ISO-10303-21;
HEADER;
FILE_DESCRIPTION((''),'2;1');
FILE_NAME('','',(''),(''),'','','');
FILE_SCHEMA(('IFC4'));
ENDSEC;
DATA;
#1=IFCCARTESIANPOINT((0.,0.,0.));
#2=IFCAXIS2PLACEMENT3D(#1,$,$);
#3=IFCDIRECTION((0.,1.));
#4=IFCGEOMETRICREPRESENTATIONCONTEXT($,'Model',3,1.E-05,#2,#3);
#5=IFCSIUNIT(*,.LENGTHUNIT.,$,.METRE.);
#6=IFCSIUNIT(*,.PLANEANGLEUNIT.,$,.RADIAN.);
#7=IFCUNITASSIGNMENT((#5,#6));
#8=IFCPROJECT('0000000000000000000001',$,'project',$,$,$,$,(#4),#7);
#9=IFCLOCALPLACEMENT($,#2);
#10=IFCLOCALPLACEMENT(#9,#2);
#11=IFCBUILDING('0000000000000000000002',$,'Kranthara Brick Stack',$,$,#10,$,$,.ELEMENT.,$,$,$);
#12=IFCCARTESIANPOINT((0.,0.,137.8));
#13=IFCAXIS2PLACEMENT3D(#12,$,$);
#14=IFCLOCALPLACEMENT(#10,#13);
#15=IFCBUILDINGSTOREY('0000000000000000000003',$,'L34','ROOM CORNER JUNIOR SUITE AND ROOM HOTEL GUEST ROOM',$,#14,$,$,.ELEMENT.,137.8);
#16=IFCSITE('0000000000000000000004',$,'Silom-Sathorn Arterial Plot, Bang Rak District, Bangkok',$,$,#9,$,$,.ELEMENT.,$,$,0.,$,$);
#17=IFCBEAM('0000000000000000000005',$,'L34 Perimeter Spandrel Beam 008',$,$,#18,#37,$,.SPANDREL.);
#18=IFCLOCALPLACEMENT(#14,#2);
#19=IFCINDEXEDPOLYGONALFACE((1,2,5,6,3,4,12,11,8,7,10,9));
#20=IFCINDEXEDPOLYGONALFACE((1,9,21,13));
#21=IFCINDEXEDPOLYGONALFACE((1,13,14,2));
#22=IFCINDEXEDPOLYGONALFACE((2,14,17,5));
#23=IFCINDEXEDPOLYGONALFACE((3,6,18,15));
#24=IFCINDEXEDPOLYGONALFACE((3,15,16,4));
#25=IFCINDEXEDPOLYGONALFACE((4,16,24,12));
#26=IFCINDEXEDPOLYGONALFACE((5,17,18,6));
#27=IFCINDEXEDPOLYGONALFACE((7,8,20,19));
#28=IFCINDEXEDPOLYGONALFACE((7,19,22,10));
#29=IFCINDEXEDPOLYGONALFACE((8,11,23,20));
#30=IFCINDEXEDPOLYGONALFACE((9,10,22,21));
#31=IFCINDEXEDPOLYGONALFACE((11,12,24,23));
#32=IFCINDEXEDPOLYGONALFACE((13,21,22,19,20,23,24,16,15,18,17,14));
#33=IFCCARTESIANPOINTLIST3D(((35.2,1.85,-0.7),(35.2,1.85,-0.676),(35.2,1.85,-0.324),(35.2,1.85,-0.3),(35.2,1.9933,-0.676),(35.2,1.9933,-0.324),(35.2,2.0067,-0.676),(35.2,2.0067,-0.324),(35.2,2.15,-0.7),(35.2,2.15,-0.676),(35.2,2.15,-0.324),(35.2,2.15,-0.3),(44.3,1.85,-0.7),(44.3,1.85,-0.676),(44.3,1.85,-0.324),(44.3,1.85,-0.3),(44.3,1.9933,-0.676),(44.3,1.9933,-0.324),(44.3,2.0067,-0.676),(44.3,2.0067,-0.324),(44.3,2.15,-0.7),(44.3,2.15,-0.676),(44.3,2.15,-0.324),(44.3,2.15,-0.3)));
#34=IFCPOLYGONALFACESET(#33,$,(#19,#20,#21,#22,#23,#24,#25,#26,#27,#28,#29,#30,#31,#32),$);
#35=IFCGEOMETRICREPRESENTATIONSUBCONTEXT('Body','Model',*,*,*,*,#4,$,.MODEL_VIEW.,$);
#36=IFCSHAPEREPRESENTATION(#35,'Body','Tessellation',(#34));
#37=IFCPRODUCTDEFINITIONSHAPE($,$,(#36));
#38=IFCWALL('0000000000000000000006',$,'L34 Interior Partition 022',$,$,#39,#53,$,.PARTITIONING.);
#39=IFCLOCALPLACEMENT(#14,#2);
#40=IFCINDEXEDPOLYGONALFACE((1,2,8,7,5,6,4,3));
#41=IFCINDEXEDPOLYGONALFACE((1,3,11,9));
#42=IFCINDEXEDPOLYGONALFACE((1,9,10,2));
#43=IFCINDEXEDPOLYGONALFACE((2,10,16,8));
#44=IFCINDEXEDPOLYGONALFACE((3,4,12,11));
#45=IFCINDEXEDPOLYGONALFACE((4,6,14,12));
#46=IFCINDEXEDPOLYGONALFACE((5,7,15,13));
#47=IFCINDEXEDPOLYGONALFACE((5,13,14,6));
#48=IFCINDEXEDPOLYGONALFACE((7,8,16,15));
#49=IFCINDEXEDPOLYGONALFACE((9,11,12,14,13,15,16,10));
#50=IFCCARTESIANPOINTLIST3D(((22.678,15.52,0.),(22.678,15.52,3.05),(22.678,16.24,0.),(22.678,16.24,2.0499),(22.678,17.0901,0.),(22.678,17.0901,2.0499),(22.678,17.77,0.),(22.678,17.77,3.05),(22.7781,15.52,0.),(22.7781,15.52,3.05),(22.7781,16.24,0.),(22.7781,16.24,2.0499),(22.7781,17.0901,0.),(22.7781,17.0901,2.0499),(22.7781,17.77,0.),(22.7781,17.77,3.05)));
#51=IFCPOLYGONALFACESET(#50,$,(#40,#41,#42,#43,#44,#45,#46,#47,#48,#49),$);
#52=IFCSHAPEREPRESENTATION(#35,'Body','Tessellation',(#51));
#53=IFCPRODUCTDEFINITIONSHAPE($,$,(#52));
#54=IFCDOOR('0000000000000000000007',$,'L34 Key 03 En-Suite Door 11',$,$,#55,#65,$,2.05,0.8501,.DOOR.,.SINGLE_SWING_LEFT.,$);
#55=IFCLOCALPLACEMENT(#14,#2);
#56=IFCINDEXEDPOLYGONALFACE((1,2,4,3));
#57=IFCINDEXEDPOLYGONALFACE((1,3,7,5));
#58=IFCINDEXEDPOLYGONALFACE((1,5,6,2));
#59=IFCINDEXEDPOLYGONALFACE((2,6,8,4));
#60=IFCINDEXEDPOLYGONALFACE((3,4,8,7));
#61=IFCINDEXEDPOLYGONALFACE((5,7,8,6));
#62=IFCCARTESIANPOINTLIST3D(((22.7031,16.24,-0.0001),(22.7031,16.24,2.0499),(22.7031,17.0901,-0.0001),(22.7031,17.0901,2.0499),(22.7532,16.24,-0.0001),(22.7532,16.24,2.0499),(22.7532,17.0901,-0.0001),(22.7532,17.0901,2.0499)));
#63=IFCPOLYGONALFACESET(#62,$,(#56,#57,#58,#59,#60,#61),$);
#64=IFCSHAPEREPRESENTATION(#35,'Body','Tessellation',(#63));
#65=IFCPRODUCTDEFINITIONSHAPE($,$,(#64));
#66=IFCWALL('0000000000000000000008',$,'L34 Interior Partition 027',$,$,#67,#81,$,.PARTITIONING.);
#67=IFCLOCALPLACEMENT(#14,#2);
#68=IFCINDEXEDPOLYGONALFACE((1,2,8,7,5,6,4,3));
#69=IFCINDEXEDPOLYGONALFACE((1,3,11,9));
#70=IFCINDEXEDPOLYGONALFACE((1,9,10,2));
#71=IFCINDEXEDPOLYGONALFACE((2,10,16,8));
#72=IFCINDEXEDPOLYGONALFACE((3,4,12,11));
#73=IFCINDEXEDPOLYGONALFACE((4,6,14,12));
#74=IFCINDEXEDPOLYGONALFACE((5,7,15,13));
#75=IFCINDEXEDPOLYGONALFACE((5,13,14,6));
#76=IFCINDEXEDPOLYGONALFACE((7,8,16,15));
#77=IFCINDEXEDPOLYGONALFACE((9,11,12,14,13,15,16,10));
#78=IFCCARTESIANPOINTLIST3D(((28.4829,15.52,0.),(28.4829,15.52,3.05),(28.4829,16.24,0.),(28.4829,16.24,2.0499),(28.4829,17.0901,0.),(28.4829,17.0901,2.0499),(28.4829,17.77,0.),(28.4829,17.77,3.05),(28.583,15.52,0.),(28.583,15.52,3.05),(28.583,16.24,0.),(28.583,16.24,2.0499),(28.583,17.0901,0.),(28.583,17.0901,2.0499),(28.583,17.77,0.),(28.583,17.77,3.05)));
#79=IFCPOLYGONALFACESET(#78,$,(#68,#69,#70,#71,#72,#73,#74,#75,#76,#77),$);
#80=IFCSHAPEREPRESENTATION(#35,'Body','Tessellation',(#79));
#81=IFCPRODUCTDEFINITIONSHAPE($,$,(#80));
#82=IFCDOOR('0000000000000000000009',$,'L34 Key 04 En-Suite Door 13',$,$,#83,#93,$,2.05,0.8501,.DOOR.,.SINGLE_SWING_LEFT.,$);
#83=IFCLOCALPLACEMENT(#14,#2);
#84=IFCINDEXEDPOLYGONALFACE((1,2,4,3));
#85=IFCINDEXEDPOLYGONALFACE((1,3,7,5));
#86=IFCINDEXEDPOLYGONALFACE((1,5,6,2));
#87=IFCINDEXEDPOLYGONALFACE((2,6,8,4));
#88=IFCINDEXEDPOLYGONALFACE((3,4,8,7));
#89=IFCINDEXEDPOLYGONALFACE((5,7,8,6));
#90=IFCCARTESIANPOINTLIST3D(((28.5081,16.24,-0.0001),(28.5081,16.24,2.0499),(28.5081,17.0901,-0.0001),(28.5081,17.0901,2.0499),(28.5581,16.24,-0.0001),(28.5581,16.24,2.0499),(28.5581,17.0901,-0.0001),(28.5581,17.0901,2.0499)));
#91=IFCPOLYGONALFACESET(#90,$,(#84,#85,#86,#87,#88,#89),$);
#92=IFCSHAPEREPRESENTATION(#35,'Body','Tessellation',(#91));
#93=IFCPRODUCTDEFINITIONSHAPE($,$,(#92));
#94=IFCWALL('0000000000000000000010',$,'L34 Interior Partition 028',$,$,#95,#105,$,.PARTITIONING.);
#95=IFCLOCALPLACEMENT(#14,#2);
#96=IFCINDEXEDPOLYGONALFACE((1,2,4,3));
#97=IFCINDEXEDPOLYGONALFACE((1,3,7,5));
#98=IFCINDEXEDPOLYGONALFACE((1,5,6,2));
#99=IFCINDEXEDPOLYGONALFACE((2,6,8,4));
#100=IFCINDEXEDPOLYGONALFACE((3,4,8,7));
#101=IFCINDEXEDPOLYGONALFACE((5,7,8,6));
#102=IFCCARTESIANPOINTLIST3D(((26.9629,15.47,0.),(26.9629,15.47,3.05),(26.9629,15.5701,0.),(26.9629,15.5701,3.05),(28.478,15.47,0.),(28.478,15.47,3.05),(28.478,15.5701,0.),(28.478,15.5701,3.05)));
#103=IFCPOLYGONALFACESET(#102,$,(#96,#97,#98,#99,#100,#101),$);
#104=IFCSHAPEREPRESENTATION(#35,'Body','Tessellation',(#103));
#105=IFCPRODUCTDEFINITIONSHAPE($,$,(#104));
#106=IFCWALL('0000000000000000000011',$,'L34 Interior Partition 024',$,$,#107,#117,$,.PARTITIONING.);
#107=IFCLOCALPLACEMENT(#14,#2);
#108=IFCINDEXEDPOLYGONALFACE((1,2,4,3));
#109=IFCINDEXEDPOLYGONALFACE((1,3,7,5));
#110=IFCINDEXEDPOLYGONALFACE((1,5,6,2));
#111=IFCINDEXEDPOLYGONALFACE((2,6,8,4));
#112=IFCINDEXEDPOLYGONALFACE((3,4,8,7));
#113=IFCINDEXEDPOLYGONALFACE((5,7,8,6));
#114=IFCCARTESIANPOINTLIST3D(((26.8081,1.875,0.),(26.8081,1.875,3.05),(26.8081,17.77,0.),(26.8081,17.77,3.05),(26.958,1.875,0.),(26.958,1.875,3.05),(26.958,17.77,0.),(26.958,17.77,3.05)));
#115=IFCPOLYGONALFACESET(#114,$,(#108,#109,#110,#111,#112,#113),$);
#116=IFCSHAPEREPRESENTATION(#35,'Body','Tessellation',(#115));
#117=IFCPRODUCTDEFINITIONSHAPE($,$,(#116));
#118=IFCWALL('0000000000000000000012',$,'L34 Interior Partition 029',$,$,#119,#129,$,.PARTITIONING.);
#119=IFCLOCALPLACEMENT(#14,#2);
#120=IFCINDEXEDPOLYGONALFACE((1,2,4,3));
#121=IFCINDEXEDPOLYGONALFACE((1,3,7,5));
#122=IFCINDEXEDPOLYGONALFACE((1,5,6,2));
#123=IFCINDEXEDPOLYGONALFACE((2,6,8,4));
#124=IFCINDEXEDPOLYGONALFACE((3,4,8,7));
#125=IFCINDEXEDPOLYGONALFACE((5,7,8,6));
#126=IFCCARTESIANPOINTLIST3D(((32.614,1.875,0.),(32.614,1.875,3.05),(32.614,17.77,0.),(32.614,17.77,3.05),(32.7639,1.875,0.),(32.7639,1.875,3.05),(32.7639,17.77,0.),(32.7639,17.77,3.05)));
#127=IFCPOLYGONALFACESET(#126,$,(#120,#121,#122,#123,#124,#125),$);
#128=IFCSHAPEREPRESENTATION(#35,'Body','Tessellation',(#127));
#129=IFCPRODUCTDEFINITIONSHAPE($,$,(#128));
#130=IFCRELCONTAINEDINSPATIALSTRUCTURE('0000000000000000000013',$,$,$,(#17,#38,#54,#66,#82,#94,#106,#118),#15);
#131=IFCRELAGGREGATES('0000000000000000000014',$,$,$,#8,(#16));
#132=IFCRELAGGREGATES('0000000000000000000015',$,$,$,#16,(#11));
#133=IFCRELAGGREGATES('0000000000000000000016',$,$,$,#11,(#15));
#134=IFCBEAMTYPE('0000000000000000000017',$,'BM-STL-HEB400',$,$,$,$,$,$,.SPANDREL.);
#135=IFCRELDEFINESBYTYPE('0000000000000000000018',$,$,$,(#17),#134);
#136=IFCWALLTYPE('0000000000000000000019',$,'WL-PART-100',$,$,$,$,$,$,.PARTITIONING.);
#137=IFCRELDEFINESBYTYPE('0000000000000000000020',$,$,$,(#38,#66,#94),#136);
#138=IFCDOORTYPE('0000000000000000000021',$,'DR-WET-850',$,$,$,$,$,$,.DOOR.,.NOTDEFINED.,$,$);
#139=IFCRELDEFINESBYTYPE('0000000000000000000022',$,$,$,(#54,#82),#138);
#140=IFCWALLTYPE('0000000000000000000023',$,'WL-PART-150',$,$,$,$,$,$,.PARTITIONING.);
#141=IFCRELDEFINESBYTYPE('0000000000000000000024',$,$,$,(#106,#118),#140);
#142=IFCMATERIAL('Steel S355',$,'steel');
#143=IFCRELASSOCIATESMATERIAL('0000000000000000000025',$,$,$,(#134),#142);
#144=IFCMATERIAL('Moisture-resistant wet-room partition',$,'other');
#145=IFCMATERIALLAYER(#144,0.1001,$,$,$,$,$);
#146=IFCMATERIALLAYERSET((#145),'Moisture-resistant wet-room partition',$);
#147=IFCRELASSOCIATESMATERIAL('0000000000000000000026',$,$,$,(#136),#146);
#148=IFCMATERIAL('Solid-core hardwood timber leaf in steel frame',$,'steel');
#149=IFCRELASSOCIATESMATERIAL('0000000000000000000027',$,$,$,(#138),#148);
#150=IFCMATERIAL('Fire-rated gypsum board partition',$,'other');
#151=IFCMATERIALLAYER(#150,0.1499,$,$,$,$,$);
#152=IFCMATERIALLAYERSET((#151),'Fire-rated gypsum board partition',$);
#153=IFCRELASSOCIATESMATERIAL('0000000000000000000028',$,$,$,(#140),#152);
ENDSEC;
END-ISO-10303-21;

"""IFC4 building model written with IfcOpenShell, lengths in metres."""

from ifc_helpers import new_model, si_unit, direction, frame, frame_2d, origin, origin_2d, place, context, subcontext, project, spatial, rectangle, i_section, extrude, material, layer, layer_set, material_profile, profile_set, type_object, element, fill, save


model = new_model("IFC4")

# Units and contexts
model_context = context("Model", 3, precision=1e-05, world=origin(), true_north=direction((0.0, 1.0)))
body_context = subcontext(model_context, "Body", "Model", "MODEL_VIEW")
ifc_project = project(units=[si_unit("LENGTHUNIT", "METRE"), si_unit("PLANEANGLEUNIT", "RADIAN")], contexts=[model_context])

# Site, building, storey
site_placement = place(None, origin())
site = spatial("IfcSite", under=ifc_project, at=site_placement, Name="Silom-Sathorn Arterial Plot, Bang Rak District, Bangkok", CompositionType="ELEMENT", RefElevation=0.0)
building_placement = place(site_placement, origin())
building = spatial("IfcBuilding", under=site, at=building_placement, Name="Kranthara Brick Stack", CompositionType="ELEMENT")
storey_placement = place(building_placement, frame((0.0, 0.0, 137.8)))
storey = spatial("IfcBuildingStorey", under=building, at=storey_placement, Name="L34", Description="ROOM CORNER JUNIOR SUITE AND ROOM HOTEL GUEST ROOM", CompositionType="ELEMENT", Elevation=137.8)

# Beam
ifc_material_1 = material(Name="Steel S355", Category="steel")
ifc_material_profile_1 = material_profile(ifc_material_1, i_section(OverallWidth=0.3, OverallDepth=0.3999, WebThickness=0.0134, FlangeThickness=0.0239, at=origin_2d()), Name="HEB 400")
ifc_profile_set_1 = profile_set([ifc_material_profile_1], Name="Steel S355")
beam_type_1 = type_object("IfcBeamType", Name="BM-STL-HEB400", PredefinedType="SPANDREL", material=ifc_profile_set_1)
beam_1_placement = place(storey_placement, frame((35.2, 2.0, -0.5), z_axis=(1.0, 0.0, 0.0), x_axis=(0.0, 1.0, 0.0)))
element("IfcBeam", 1, at=beam_1_placement, inside=storey, type_object=beam_type_1, Name="L34 Perimeter Spandrel Beam 008", PredefinedType="SPANDREL", context=body_context, shape_type="SweptSolid", body=[
    extrude(i_section(OverallWidth=0.3, OverallDepth=0.3999, WebThickness=0.0134, FlangeThickness=0.0239, at=origin_2d()), origin(), (0.0, 0.0, 1.0), 9.1001),
])

# Walls, openings, doors
ifc_material_2 = material(Name="Moisture-resistant wet-room partition", Category="other")
ifc_layer_1 = layer(ifc_material_2, 0.1001)
ifc_layer_set_1 = layer_set([ifc_layer_1], Name="Moisture-resistant wet-room partition")
wall_type_1 = type_object("IfcWallType", Name="WL-PART-100", PredefinedType="PARTITIONING", material=ifc_layer_set_1)
wall_1_placement = place(storey_placement, frame((22.728, 15.52, 0.0), z_axis=(0.0, 0.0, 1.0), x_axis=(0.0, 1.0, 0.0)))
wall_1 = element("IfcWall", 2, at=wall_1_placement, inside=storey, type_object=wall_type_1, Name="L34 Interior Partition 022", PredefinedType="PARTITIONING", context=body_context, shape_type="SweptSolid", body=[
    extrude(rectangle(XDim=2.25, YDim=0.1001, at=frame_2d((1.125, 0.0))), origin(), (0.0, 0.0, 1.0), 3.05),
])
opening_1_placement = place(wall_1_placement, frame((0.72, 0.0, 0.0)))
opening_1 = element("IfcOpeningElement", 3, at=opening_1_placement, cuts=wall_1, PredefinedType="OPENING", context=body_context, shape_type="SweptSolid", body=[
    extrude(rectangle(XDim=0.8501, YDim=2.05, at=frame_2d((0.425, 1.0249))), frame((0.0, 0.0601, 0.0), z_axis=(0.0, -1.0, 0.0), x_axis=(1.0, 0.0, 0.0)), (0.0, 0.0, 1.0), 0.1201),
])
ifc_material_3 = material(Name="Solid-core hardwood timber leaf in steel frame", Category="steel")
door_type = type_object("IfcDoorType", Name="DR-WET-850", OperationType="NOTDEFINED", PredefinedType="DOOR", material=ifc_material_3)
door_1_placement = place(opening_1_placement, origin())
door_1 = element("IfcDoor", 4, at=door_1_placement, inside=storey, type_object=door_type, Name="L34 Key 03 En-Suite Door 11", OperationType="SINGLE_SWING_LEFT", OverallHeight=2.05, OverallWidth=0.8501, PredefinedType="DOOR", context=body_context, shape_type="SweptSolid", body=[
    extrude(rectangle(XDim=0.8501, YDim=2.05, at=frame_2d((0.425, 1.0249))), frame((0.0, 0.0249, 0.0), z_axis=(0.0, -1.0, 0.0), x_axis=(1.0, 0.0, 0.0)), (0.0, 0.0, 1.0), 0.05),
])
fill(opening_1, door_1)
wall_2_placement = place(storey_placement, frame((28.533, 15.52, 0.0), z_axis=(0.0, 0.0, 1.0), x_axis=(0.0, 1.0, 0.0)))
wall_2 = element("IfcWall", 5, at=wall_2_placement, inside=storey, type_object=wall_type_1, Name="L34 Interior Partition 027", PredefinedType="PARTITIONING", context=body_context, shape_type="SweptSolid", body=[
    extrude(rectangle(XDim=2.25, YDim=0.1001, at=frame_2d((1.125, 0.0))), origin(), (0.0, 0.0, 1.0), 3.05),
])
opening_2_placement = place(wall_2_placement, frame((0.72, 0.0, 0.0)))
opening_2 = element("IfcOpeningElement", 6, at=opening_2_placement, cuts=wall_2, PredefinedType="OPENING", context=body_context, shape_type="SweptSolid", body=[
    extrude(rectangle(XDim=0.8501, YDim=2.05, at=frame_2d((0.425, 1.0249))), frame((0.0, 0.0601, 0.0), z_axis=(0.0, -1.0, 0.0), x_axis=(1.0, 0.0, 0.0)), (0.0, 0.0, 1.0), 0.1201),
])
door_2_placement = place(opening_2_placement, origin())
door_2 = element("IfcDoor", 7, at=door_2_placement, inside=storey, type_object=door_type, Name="L34 Key 04 En-Suite Door 13", OperationType="SINGLE_SWING_LEFT", OverallHeight=2.05, OverallWidth=0.8501, PredefinedType="DOOR", context=body_context, shape_type="SweptSolid", body=[
    extrude(rectangle(XDim=0.8501, YDim=2.05, at=frame_2d((0.425, 1.0249))), frame((0.0, 0.0249, 0.0), z_axis=(0.0, -1.0, 0.0), x_axis=(1.0, 0.0, 0.0)), (0.0, 0.0, 1.0), 0.05),
])
fill(opening_2, door_2)

# Walls
wall_3_placement = place(storey_placement, frame((26.9629, 15.52, 0.0), z_axis=(0.0, 0.0, 1.0), x_axis=(1.0, 0.0, 0.0)))
element("IfcWall", 8, at=wall_3_placement, inside=storey, type_object=wall_type_1, Name="L34 Interior Partition 028", PredefinedType="PARTITIONING", context=body_context, shape_type="SweptSolid", body=[
    extrude(rectangle(XDim=1.5151, YDim=0.1001, at=frame_2d((0.7576, 0.0))), origin(), (0.0, 0.0, 1.0), 3.05),
])
ifc_material_4 = material(Name="Fire-rated gypsum board partition", Category="other")
ifc_layer_2 = layer(ifc_material_4, 0.1499)
ifc_layer_set_2 = layer_set([ifc_layer_2], Name="Fire-rated gypsum board partition")
wall_type_2 = type_object("IfcWallType", Name="WL-PART-150", PredefinedType="PARTITIONING", material=ifc_layer_set_2)
for number, where, z_axis, x_axis, name in (
    (9, (26.8831, 1.875, 0.0), (0.0, 0.0, 1.0), (0.0, 1.0, 0.0), "L34 Interior Partition 024"),
    (10, (32.689, 1.875, 0.0), (0.0, 0.0, 1.0), (0.0, 1.0, 0.0), "L34 Interior Partition 029"),
):
    element("IfcWall", number, at=place(storey_placement, frame(where, z_axis=z_axis, x_axis=x_axis)), inside=storey, type_object=wall_type_2, Name=name, PredefinedType="PARTITIONING", context=body_context, shape_type="SweptSolid", body=[
        extrude(rectangle(XDim=15.895, YDim=0.1499, at=frame_2d((7.9475, 0.0))), origin(), (0.0, 0.0, 1.0), 3.05),
    ])

save(model, "model.ifc")
